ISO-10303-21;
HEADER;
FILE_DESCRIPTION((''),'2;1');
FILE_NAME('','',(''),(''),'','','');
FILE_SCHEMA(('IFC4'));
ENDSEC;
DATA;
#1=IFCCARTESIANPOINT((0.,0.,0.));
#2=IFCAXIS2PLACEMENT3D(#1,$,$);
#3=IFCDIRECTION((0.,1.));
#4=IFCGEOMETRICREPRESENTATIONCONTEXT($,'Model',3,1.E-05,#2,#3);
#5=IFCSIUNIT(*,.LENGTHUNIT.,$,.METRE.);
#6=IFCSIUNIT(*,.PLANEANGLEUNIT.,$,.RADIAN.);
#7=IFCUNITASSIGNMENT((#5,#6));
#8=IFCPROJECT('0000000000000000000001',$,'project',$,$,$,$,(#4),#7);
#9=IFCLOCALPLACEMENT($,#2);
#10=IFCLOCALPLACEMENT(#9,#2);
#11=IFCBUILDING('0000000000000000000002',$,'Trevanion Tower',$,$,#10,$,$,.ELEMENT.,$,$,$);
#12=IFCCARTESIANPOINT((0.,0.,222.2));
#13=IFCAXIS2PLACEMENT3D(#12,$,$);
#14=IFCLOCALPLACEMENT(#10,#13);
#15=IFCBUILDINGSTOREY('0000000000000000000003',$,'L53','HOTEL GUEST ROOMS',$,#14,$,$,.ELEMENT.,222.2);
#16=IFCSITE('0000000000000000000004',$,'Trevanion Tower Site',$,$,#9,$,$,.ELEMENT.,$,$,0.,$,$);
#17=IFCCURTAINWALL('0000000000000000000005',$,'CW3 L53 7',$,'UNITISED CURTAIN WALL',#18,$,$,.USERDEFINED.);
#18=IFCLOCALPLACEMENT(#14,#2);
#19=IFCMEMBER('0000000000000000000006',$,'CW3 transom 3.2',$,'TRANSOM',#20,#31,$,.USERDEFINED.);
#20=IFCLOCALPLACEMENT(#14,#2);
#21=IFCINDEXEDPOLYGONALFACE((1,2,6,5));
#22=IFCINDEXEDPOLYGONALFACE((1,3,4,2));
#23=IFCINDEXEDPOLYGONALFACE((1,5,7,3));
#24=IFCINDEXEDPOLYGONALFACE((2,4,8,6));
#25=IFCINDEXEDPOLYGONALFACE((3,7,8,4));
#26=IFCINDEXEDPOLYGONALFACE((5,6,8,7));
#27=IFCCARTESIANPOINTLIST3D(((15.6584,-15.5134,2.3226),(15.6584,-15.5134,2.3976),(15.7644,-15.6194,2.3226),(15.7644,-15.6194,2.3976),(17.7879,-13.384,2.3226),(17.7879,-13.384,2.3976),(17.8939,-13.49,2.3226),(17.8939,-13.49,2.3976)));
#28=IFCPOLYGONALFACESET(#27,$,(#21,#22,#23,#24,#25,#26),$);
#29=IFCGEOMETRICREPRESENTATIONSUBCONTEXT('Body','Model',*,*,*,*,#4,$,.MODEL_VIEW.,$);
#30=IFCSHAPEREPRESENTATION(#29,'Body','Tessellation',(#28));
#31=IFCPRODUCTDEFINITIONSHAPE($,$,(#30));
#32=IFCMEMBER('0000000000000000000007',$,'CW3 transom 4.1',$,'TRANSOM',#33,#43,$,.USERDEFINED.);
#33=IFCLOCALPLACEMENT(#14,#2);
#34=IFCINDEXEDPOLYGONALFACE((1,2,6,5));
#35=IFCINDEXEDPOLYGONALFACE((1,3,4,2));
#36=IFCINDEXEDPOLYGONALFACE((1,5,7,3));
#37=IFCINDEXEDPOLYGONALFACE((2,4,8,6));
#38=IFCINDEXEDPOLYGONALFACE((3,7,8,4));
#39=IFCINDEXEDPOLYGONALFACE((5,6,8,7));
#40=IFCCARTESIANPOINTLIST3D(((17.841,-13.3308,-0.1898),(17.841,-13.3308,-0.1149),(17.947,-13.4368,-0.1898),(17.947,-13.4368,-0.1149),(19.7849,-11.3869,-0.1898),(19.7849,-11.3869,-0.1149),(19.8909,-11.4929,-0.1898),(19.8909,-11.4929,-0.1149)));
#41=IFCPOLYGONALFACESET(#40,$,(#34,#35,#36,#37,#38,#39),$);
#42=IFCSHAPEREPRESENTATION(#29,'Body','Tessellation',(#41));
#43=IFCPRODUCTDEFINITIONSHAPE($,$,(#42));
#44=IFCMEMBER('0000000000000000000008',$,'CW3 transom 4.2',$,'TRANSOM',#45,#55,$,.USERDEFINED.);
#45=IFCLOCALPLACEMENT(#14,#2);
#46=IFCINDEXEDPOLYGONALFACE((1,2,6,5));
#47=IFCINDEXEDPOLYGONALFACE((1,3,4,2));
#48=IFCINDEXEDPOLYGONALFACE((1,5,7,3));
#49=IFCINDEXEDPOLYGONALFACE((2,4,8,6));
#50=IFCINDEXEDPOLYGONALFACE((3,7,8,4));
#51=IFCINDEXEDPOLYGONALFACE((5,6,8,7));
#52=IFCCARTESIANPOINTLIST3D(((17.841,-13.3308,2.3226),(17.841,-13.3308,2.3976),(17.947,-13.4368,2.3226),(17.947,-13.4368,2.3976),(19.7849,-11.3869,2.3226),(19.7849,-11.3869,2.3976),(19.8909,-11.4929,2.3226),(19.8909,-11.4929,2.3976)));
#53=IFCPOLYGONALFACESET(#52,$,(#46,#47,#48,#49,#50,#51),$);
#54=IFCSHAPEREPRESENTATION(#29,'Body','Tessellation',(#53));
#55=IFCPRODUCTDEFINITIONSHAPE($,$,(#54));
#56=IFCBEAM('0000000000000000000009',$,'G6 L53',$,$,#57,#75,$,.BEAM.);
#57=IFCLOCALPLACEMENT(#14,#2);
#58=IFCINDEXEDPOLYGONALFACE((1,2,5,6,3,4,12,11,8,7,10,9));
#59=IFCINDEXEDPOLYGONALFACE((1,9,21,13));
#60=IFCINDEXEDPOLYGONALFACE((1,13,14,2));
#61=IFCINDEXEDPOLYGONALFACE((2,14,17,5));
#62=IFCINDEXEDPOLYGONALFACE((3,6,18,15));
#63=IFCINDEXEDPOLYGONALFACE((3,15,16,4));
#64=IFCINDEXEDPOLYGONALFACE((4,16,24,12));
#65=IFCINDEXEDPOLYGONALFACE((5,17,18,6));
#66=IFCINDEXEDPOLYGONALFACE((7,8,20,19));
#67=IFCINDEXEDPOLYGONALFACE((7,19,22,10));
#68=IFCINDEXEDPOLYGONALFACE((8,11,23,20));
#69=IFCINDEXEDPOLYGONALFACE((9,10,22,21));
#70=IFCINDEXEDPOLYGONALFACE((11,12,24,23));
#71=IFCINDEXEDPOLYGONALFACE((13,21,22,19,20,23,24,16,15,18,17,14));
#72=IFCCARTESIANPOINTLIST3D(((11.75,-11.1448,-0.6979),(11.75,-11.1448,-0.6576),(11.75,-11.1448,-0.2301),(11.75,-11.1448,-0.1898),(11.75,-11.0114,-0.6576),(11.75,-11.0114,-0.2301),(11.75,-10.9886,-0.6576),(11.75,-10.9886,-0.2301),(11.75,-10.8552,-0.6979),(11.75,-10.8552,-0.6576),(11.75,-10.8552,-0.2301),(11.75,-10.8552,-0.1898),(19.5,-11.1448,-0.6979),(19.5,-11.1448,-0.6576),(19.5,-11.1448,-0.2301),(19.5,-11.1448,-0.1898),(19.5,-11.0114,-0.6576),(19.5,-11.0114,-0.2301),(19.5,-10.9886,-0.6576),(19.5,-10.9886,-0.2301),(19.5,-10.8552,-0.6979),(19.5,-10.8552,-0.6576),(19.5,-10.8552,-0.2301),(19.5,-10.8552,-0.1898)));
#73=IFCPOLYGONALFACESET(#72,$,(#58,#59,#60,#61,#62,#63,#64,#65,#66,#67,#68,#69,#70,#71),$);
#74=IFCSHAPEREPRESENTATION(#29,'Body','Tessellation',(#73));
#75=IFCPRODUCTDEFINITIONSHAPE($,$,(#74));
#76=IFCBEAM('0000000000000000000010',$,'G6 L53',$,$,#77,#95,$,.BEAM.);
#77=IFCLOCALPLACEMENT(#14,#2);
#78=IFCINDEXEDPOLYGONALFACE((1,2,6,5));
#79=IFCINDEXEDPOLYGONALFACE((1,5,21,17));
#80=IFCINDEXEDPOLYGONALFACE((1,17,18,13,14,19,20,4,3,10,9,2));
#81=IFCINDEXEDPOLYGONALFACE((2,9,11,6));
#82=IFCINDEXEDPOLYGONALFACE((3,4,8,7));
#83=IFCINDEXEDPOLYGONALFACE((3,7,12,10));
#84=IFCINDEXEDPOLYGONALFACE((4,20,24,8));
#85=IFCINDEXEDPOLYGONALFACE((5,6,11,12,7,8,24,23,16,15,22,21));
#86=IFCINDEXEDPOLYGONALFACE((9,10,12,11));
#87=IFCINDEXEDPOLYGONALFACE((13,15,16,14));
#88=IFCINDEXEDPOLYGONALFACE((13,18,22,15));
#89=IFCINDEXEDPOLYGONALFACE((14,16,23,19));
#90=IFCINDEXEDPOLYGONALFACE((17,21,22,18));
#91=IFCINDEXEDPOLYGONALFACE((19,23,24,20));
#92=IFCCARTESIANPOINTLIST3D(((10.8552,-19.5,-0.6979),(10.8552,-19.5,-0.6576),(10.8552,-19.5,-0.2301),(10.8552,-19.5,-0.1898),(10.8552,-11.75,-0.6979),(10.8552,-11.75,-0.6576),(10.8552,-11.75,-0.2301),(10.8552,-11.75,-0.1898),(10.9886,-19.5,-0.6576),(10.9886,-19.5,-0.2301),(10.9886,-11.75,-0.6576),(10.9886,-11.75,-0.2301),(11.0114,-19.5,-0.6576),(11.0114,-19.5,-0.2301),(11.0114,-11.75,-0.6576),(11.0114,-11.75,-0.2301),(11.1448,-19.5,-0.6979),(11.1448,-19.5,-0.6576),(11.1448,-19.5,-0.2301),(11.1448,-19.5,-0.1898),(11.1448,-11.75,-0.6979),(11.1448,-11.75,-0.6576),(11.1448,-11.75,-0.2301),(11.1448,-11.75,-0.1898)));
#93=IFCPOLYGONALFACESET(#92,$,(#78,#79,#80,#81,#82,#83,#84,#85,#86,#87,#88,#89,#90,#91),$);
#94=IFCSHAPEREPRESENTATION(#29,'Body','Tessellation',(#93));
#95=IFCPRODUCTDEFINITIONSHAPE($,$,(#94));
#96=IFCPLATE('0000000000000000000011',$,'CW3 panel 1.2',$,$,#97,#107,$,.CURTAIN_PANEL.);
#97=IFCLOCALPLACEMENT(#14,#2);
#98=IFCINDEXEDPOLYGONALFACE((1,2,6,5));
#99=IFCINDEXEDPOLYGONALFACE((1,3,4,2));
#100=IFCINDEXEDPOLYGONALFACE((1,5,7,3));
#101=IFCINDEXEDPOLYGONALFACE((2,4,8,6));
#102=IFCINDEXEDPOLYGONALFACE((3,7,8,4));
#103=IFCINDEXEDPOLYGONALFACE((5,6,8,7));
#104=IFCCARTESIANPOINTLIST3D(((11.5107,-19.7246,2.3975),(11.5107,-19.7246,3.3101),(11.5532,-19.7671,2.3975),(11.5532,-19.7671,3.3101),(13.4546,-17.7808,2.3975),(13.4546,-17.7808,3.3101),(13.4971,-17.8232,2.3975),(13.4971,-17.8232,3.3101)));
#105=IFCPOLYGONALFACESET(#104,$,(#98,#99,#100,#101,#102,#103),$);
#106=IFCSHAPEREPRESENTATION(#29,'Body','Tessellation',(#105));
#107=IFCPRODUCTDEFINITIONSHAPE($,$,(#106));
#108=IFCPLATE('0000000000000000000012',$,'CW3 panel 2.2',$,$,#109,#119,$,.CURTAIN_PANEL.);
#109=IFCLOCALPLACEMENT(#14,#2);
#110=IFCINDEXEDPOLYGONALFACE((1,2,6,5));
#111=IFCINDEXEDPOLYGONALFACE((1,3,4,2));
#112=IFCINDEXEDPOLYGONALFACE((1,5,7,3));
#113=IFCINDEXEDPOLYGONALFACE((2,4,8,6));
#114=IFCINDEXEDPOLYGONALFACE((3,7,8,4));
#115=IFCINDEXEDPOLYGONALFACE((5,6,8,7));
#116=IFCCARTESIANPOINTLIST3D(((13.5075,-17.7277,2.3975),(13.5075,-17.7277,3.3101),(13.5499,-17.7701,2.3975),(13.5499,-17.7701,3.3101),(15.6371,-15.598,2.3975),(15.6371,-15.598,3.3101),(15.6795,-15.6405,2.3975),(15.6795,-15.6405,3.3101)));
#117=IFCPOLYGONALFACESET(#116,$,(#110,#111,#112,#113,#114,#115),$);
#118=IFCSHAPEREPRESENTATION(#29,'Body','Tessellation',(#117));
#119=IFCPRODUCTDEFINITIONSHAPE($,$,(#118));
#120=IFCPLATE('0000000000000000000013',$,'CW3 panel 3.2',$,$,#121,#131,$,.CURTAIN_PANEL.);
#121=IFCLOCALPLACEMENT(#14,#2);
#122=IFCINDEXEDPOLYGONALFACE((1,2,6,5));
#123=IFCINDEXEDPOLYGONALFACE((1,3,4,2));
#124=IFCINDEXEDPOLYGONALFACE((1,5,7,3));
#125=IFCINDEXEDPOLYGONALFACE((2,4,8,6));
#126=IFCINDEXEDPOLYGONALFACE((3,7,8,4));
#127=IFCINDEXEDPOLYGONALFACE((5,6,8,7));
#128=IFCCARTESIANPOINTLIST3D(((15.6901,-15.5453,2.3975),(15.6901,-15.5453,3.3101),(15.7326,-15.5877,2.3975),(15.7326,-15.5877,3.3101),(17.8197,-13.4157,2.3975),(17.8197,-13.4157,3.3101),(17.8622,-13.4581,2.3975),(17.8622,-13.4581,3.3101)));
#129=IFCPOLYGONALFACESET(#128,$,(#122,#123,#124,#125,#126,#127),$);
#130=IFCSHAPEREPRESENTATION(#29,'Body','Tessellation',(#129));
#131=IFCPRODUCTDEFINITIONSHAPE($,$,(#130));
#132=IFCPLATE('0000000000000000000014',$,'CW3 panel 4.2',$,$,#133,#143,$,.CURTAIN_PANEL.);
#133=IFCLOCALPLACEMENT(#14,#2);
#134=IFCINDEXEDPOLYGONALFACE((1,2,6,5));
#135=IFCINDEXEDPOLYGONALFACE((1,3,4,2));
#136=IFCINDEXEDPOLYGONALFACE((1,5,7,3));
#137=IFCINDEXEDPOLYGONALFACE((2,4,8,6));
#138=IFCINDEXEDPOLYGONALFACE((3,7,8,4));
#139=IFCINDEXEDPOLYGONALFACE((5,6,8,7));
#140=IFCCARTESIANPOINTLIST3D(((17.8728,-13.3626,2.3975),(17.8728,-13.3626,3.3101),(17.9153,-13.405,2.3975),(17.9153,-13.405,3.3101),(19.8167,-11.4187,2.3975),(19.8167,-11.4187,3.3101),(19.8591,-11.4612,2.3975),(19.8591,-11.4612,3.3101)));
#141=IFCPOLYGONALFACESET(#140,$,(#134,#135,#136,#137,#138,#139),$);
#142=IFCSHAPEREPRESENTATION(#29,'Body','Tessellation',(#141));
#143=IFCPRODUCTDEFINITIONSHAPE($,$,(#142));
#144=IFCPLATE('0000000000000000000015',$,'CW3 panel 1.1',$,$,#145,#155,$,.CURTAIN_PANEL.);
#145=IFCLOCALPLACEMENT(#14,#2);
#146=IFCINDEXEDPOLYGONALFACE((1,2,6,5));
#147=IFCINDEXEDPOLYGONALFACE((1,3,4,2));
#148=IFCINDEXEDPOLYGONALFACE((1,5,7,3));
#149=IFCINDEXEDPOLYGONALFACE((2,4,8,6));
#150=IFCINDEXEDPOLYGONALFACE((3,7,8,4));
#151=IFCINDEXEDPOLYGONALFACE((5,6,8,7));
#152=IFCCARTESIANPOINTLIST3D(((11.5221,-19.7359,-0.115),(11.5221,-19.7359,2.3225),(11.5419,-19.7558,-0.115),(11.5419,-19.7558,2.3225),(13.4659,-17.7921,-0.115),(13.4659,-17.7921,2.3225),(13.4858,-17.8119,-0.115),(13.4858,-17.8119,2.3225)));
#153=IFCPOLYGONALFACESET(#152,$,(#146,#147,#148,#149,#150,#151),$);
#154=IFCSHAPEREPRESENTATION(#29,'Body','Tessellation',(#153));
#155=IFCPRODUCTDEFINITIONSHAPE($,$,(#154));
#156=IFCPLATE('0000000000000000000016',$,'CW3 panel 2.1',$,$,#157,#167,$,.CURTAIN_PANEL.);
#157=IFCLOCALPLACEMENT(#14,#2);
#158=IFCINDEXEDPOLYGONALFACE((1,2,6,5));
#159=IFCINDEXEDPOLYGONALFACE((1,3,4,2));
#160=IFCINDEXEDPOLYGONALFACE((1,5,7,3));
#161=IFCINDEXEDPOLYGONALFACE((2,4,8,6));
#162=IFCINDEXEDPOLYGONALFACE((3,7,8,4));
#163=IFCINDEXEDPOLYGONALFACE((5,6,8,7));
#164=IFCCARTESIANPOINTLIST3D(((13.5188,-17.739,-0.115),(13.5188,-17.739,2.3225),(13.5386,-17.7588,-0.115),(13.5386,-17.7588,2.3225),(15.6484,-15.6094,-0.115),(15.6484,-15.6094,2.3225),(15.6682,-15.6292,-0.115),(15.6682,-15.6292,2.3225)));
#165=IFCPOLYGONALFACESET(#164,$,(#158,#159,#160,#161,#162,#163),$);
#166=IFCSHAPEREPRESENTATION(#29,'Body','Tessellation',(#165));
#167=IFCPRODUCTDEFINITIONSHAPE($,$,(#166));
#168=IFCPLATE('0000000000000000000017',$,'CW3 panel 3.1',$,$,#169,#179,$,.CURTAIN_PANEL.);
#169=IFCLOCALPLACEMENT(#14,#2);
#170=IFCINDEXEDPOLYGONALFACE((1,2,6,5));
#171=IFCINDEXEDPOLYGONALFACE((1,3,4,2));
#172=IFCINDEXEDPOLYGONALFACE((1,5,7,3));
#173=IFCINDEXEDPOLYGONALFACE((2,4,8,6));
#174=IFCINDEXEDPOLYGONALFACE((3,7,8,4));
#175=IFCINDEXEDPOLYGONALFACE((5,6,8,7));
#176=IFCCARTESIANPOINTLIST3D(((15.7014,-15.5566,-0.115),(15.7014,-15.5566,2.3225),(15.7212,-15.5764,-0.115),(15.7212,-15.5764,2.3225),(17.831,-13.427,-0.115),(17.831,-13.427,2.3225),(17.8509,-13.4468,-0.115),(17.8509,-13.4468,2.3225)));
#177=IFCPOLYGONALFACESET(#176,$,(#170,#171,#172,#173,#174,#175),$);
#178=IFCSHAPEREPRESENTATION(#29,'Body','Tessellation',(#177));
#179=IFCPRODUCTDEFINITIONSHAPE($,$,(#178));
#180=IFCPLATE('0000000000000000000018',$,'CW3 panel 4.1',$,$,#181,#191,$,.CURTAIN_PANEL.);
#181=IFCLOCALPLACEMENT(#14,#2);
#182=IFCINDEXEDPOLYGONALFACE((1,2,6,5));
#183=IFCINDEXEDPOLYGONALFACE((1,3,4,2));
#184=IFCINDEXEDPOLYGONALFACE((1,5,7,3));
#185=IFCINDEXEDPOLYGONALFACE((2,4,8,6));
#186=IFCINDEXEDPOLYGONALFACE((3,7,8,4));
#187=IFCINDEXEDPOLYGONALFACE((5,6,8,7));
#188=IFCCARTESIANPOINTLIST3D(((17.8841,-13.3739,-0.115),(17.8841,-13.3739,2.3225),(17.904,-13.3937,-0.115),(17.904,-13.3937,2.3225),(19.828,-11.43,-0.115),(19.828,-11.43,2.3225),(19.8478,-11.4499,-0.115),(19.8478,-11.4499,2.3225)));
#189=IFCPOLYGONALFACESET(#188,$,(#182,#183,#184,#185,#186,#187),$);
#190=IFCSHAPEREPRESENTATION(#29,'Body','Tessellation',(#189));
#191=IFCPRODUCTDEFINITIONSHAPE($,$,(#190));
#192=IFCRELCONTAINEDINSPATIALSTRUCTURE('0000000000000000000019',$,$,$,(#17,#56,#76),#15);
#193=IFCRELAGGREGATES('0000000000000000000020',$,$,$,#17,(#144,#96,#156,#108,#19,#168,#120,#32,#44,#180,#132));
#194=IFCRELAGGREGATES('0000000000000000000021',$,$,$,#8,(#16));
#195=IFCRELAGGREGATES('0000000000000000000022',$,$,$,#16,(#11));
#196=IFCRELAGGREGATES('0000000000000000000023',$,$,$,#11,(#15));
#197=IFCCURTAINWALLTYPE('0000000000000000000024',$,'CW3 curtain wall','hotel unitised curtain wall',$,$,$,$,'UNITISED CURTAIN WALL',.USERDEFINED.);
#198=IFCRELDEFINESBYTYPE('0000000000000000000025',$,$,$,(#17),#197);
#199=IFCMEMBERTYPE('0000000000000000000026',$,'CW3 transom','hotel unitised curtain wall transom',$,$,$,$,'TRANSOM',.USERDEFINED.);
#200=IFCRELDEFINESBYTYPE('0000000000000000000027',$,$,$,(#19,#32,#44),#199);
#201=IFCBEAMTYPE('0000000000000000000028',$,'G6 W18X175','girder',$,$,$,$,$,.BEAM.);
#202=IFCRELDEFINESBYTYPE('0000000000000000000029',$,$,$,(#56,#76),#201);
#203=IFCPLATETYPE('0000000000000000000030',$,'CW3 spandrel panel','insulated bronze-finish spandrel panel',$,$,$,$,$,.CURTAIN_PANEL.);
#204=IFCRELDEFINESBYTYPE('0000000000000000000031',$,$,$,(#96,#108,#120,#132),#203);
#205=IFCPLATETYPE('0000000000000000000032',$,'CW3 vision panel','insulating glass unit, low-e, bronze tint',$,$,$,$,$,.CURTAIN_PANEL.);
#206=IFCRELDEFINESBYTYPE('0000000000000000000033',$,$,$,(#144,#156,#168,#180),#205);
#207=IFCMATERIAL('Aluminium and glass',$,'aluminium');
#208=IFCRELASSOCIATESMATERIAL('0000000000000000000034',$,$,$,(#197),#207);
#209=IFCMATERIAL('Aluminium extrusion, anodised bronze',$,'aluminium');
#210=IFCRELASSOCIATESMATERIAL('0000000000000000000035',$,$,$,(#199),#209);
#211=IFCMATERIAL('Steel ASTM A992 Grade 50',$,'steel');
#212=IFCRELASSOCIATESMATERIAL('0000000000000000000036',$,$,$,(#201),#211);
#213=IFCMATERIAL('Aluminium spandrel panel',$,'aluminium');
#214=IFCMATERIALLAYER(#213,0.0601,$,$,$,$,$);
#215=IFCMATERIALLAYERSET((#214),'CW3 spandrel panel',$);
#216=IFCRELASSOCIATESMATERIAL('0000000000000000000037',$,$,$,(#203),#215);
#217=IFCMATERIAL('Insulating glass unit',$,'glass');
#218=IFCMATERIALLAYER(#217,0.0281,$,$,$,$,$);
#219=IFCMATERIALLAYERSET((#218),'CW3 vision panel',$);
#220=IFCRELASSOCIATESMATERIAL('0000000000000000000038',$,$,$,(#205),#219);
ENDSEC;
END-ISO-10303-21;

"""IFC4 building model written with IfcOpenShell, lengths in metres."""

from ifc_helpers import new_model, si_unit, direction, frame, origin, origin_2d, place, context, subcontext, project, spatial, rectangle, i_section, extrude, material, layer, layer_set, material_profile, profile_set, type_object, element, aggregate, save


model = new_model("IFC4")

# Units and contexts
model_context = context("Model", 3, precision=1e-05, world=origin(), true_north=direction((0.0, 1.0)))
body_context = subcontext(model_context, "Body", "Model", "MODEL_VIEW")
ifc_project = project(units=[si_unit("LENGTHUNIT", "METRE"), si_unit("PLANEANGLEUNIT", "RADIAN")], contexts=[model_context])

# Site, building, storey
site_placement = place(None, origin())
site = spatial("IfcSite", under=ifc_project, at=site_placement, Name="Trevanion Tower Site", CompositionType="ELEMENT", RefElevation=0.0)
building_placement = place(site_placement, origin())
building = spatial("IfcBuilding", under=site, at=building_placement, Name="Trevanion Tower", CompositionType="ELEMENT")
storey_placement = place(building_placement, frame((0.0, 0.0, 222.2)))
storey = spatial("IfcBuildingStorey", under=building, at=storey_placement, Name="L53", Description="HOTEL GUEST ROOMS", CompositionType="ELEMENT", Elevation=222.2)

# Curtain wall
ifc_material_1 = material(Name="Aluminium and glass", Category="aluminium")
curtain_wall_type = type_object("IfcCurtainWallType", Name="CW3 curtain wall", Description="hotel unitised curtain wall", ElementType="UNITISED CURTAIN WALL", PredefinedType="USERDEFINED", material=ifc_material_1)
curtain_wall_1_placement = place(storey_placement, origin())
curtain_wall_1 = element("IfcCurtainWall", 1, at=curtain_wall_1_placement, inside=storey, type_object=curtain_wall_type, Name="CW3 L53 7", ObjectType="UNITISED CURTAIN WALL", PredefinedType="USERDEFINED")

# Members
ifc_material_2 = material(Name="Aluminium extrusion, anodised bronze", Category="aluminium")
ifc_material_profile_1 = material_profile(ifc_material_2, rectangle(XDim=0.1499, YDim=0.075, at=origin_2d()), Name="CW3 transom")
ifc_profile_set_1 = profile_set([ifc_material_profile_1], Name="Aluminium extrusion, anodised bronze")
member_type_1 = type_object("IfcMemberType", Name="CW3 transom", Description="hotel unitised curtain wall transom", ElementType="TRANSOM", PredefinedType="USERDEFINED", material=ifc_profile_set_1)
member_1_placement = place(storey_placement, frame((15.7114, -15.5664, 2.3601), z_axis=(0.707107, 0.707107, 0.0), x_axis=(-0.707107, 0.707107, 0.0)))
member_1 = element("IfcMember", 2, at=member_1_placement, type_object=member_type_1, Name="CW3 transom 3.2", ObjectType="TRANSOM", PredefinedType="USERDEFINED", context=body_context, shape_type="SweptSolid", body=[
    extrude(rectangle(XDim=0.1499, YDim=0.075, at=origin_2d()), origin(), (0.0, 0.0, 1.0), 3.0115),
])
member_2_placement = place(storey_placement, frame((17.894, -13.3838, -0.1523), z_axis=(0.707107, 0.707107, 0.0), x_axis=(-0.707107, 0.707107, 0.0)))
member_2 = element("IfcMember", 3, at=member_2_placement, type_object=member_type_1, Name="CW3 transom 4.1", ObjectType="TRANSOM", PredefinedType="USERDEFINED", context=body_context, shape_type="SweptSolid", body=[
    extrude(rectangle(XDim=0.1499, YDim=0.075, at=origin_2d()), origin(), (0.0, 0.0, 1.0), 2.749),
])
member_3_placement = place(storey_placement, frame((17.894, -13.3838, 2.3601), z_axis=(0.707107, 0.707107, 0.0), x_axis=(-0.707107, 0.707107, 0.0)))
member_3 = element("IfcMember", 4, at=member_3_placement, type_object=member_type_1, Name="CW3 transom 4.2", ObjectType="TRANSOM", PredefinedType="USERDEFINED", context=body_context, shape_type="SweptSolid", body=[
    extrude(rectangle(XDim=0.1499, YDim=0.075, at=origin_2d()), origin(), (0.0, 0.0, 1.0), 2.749),
])

# Beams
ifc_material_3 = material(Name="Steel ASTM A992 Grade 50", Category="steel")
ifc_material_profile_2 = material_profile(ifc_material_3, i_section(OverallWidth=0.2896, OverallDepth=0.5081, WebThickness=0.0227, FlangeThickness=0.0403, at=origin_2d()), Name="W18X175")
ifc_profile_set_2 = profile_set([ifc_material_profile_2], Name="Steel ASTM A992 Grade 50")
beam_type_1 = type_object("IfcBeamType", Name="G6 W18X175", Description="girder", PredefinedType="BEAM", material=ifc_profile_set_2)
for number, where, z_axis, x_axis, name in (
    (5, (11.75, -11.0, -0.4438), (1.0, 0.0, 0.0), (0.0, 1.0, 0.0), "G6 L53"),
    (6, (11.0, -11.75, -0.4438), (0.0, -1.0, 0.0), (1.0, 0.0, 0.0), "G6 L53"),
):
    element("IfcBeam", number, at=place(storey_placement, frame(where, z_axis=z_axis, x_axis=x_axis)), inside=storey, type_object=beam_type_1, Name=name, PredefinedType="BEAM", context=body_context, shape_type="SweptSolid", body=[
        extrude(i_section(OverallWidth=0.2896, OverallDepth=0.5081, WebThickness=0.0227, FlangeThickness=0.0403, at=origin_2d()), origin(), (0.0, 0.0, 1.0), 7.75),
    ])

# Plates
ifc_material_4 = material(Name="Aluminium spandrel panel", Category="aluminium")
ifc_layer_1 = layer(ifc_material_4, 0.0601)
ifc_layer_set_1 = layer_set([ifc_layer_1], Name="CW3 spandrel panel")
plate_type_1 = type_object("IfcPlateType", Name="CW3 spandrel panel", Description="insulated bronze-finish spandrel panel", PredefinedType="CURTAIN_PANEL", material=ifc_layer_set_1)
plate_1_placement = place(storey_placement, frame((12.5039, -18.7739, 2.3975), z_axis=(0.0, 0.0, 1.0), x_axis=(0.707107, 0.707107, 0.0)))
plate_1 = element("IfcPlate", 7, at=plate_1_placement, type_object=plate_type_1, Name="CW3 panel 1.2", PredefinedType="CURTAIN_PANEL", context=body_context, shape_type="SweptSolid", body=[
    extrude(rectangle(XDim=2.749, YDim=0.0601, at=origin_2d()), origin(), (0.0, 0.0, 1.0), 0.9126),
])
plate_2_placement = place(storey_placement, frame((14.5935, -16.6841, 2.3975), z_axis=(0.0, 0.0, 1.0), x_axis=(0.707107, 0.707107, 0.0)))
plate_2 = element("IfcPlate", 8, at=plate_2_placement, type_object=plate_type_1, Name="CW3 panel 2.2", PredefinedType="CURTAIN_PANEL", context=body_context, shape_type="SweptSolid", body=[
    extrude(rectangle(XDim=3.0117, YDim=0.0601, at=origin_2d()), origin(), (0.0, 0.0, 1.0), 0.9126),
])
plate_3_placement = place(storey_placement, frame((16.7761, -14.5017, 2.3975), z_axis=(0.0, 0.0, 1.0), x_axis=(0.707107, 0.707107, 0.0)))
plate_3 = element("IfcPlate", 9, at=plate_3_placement, type_object=plate_type_1, Name="CW3 panel 3.2", PredefinedType="CURTAIN_PANEL", context=body_context, shape_type="SweptSolid", body=[
    extrude(rectangle(XDim=3.0117, YDim=0.0601, at=origin_2d()), origin(), (0.0, 0.0, 1.0), 0.9126),
])
plate_4_placement = place(storey_placement, frame((18.866, -12.4119, 2.3975), z_axis=(0.0, 0.0, 1.0), x_axis=(0.707107, 0.707107, 0.0)))
plate_4 = element("IfcPlate", 10, at=plate_4_placement, type_object=plate_type_1, Name="CW3 panel 4.2", PredefinedType="CURTAIN_PANEL", context=body_context, shape_type="SweptSolid", body=[
    extrude(rectangle(XDim=2.749, YDim=0.0601, at=origin_2d()), origin(), (0.0, 0.0, 1.0), 0.9126),
])
ifc_material_5 = material(Name="Insulating glass unit", Category="glass")
ifc_layer_2 = layer(ifc_material_5, 0.0281)
ifc_layer_set_2 = layer_set([ifc_layer_2], Name="CW3 vision panel")
plate_type_2 = type_object("IfcPlateType", Name="CW3 vision panel", Description="insulating glass unit, low-e, bronze tint", PredefinedType="CURTAIN_PANEL", material=ifc_layer_set_2)
plate_5_placement = place(storey_placement, frame((12.5039, -18.7739, -0.115), z_axis=(0.0, 0.0, 1.0), x_axis=(0.707107, 0.707107, 0.0)))
plate_5 = element("IfcPlate", 11, at=plate_5_placement, type_object=plate_type_2, Name="CW3 panel 1.1", PredefinedType="CURTAIN_PANEL", context=body_context, shape_type="SweptSolid", body=[
    extrude(rectangle(XDim=2.749, YDim=0.0281, at=origin_2d()), origin(), (0.0, 0.0, 1.0), 2.4375),
])
plate_6_placement = place(storey_placement, frame((14.5935, -16.6841, -0.115), z_axis=(0.0, 0.0, 1.0), x_axis=(0.707107, 0.707107, 0.0)))
plate_6 = element("IfcPlate", 12, at=plate_6_placement, type_object=plate_type_2, Name="CW3 panel 2.1", PredefinedType="CURTAIN_PANEL", context=body_context, shape_type="SweptSolid", body=[
    extrude(rectangle(XDim=3.0117, YDim=0.0281, at=origin_2d()), origin(), (0.0, 0.0, 1.0), 2.4375),
])
plate_7_placement = place(storey_placement, frame((16.7761, -14.5017, -0.115), z_axis=(0.0, 0.0, 1.0), x_axis=(0.707107, 0.707107, 0.0)))
plate_7 = element("IfcPlate", 13, at=plate_7_placement, type_object=plate_type_2, Name="CW3 panel 3.1", PredefinedType="CURTAIN_PANEL", context=body_context, shape_type="SweptSolid", body=[
    extrude(rectangle(XDim=3.0117, YDim=0.0281, at=origin_2d()), origin(), (0.0, 0.0, 1.0), 2.4375),
])
plate_8_placement = place(storey_placement, frame((18.866, -12.4119, -0.115), z_axis=(0.0, 0.0, 1.0), x_axis=(0.707107, 0.707107, 0.0)))
plate_8 = element("IfcPlate", 14, at=plate_8_placement, type_object=plate_type_2, Name="CW3 panel 4.1", PredefinedType="CURTAIN_PANEL", context=body_context, shape_type="SweptSolid", body=[
    extrude(rectangle(XDim=2.749, YDim=0.0281, at=origin_2d()), origin(), (0.0, 0.0, 1.0), 2.4375),
])
aggregate(curtain_wall_1, [plate_5, plate_1, plate_6, plate_2, member_1, plate_7, plate_3, member_2, member_3, plate_8, plate_4])

save(model, "model.ifc")
